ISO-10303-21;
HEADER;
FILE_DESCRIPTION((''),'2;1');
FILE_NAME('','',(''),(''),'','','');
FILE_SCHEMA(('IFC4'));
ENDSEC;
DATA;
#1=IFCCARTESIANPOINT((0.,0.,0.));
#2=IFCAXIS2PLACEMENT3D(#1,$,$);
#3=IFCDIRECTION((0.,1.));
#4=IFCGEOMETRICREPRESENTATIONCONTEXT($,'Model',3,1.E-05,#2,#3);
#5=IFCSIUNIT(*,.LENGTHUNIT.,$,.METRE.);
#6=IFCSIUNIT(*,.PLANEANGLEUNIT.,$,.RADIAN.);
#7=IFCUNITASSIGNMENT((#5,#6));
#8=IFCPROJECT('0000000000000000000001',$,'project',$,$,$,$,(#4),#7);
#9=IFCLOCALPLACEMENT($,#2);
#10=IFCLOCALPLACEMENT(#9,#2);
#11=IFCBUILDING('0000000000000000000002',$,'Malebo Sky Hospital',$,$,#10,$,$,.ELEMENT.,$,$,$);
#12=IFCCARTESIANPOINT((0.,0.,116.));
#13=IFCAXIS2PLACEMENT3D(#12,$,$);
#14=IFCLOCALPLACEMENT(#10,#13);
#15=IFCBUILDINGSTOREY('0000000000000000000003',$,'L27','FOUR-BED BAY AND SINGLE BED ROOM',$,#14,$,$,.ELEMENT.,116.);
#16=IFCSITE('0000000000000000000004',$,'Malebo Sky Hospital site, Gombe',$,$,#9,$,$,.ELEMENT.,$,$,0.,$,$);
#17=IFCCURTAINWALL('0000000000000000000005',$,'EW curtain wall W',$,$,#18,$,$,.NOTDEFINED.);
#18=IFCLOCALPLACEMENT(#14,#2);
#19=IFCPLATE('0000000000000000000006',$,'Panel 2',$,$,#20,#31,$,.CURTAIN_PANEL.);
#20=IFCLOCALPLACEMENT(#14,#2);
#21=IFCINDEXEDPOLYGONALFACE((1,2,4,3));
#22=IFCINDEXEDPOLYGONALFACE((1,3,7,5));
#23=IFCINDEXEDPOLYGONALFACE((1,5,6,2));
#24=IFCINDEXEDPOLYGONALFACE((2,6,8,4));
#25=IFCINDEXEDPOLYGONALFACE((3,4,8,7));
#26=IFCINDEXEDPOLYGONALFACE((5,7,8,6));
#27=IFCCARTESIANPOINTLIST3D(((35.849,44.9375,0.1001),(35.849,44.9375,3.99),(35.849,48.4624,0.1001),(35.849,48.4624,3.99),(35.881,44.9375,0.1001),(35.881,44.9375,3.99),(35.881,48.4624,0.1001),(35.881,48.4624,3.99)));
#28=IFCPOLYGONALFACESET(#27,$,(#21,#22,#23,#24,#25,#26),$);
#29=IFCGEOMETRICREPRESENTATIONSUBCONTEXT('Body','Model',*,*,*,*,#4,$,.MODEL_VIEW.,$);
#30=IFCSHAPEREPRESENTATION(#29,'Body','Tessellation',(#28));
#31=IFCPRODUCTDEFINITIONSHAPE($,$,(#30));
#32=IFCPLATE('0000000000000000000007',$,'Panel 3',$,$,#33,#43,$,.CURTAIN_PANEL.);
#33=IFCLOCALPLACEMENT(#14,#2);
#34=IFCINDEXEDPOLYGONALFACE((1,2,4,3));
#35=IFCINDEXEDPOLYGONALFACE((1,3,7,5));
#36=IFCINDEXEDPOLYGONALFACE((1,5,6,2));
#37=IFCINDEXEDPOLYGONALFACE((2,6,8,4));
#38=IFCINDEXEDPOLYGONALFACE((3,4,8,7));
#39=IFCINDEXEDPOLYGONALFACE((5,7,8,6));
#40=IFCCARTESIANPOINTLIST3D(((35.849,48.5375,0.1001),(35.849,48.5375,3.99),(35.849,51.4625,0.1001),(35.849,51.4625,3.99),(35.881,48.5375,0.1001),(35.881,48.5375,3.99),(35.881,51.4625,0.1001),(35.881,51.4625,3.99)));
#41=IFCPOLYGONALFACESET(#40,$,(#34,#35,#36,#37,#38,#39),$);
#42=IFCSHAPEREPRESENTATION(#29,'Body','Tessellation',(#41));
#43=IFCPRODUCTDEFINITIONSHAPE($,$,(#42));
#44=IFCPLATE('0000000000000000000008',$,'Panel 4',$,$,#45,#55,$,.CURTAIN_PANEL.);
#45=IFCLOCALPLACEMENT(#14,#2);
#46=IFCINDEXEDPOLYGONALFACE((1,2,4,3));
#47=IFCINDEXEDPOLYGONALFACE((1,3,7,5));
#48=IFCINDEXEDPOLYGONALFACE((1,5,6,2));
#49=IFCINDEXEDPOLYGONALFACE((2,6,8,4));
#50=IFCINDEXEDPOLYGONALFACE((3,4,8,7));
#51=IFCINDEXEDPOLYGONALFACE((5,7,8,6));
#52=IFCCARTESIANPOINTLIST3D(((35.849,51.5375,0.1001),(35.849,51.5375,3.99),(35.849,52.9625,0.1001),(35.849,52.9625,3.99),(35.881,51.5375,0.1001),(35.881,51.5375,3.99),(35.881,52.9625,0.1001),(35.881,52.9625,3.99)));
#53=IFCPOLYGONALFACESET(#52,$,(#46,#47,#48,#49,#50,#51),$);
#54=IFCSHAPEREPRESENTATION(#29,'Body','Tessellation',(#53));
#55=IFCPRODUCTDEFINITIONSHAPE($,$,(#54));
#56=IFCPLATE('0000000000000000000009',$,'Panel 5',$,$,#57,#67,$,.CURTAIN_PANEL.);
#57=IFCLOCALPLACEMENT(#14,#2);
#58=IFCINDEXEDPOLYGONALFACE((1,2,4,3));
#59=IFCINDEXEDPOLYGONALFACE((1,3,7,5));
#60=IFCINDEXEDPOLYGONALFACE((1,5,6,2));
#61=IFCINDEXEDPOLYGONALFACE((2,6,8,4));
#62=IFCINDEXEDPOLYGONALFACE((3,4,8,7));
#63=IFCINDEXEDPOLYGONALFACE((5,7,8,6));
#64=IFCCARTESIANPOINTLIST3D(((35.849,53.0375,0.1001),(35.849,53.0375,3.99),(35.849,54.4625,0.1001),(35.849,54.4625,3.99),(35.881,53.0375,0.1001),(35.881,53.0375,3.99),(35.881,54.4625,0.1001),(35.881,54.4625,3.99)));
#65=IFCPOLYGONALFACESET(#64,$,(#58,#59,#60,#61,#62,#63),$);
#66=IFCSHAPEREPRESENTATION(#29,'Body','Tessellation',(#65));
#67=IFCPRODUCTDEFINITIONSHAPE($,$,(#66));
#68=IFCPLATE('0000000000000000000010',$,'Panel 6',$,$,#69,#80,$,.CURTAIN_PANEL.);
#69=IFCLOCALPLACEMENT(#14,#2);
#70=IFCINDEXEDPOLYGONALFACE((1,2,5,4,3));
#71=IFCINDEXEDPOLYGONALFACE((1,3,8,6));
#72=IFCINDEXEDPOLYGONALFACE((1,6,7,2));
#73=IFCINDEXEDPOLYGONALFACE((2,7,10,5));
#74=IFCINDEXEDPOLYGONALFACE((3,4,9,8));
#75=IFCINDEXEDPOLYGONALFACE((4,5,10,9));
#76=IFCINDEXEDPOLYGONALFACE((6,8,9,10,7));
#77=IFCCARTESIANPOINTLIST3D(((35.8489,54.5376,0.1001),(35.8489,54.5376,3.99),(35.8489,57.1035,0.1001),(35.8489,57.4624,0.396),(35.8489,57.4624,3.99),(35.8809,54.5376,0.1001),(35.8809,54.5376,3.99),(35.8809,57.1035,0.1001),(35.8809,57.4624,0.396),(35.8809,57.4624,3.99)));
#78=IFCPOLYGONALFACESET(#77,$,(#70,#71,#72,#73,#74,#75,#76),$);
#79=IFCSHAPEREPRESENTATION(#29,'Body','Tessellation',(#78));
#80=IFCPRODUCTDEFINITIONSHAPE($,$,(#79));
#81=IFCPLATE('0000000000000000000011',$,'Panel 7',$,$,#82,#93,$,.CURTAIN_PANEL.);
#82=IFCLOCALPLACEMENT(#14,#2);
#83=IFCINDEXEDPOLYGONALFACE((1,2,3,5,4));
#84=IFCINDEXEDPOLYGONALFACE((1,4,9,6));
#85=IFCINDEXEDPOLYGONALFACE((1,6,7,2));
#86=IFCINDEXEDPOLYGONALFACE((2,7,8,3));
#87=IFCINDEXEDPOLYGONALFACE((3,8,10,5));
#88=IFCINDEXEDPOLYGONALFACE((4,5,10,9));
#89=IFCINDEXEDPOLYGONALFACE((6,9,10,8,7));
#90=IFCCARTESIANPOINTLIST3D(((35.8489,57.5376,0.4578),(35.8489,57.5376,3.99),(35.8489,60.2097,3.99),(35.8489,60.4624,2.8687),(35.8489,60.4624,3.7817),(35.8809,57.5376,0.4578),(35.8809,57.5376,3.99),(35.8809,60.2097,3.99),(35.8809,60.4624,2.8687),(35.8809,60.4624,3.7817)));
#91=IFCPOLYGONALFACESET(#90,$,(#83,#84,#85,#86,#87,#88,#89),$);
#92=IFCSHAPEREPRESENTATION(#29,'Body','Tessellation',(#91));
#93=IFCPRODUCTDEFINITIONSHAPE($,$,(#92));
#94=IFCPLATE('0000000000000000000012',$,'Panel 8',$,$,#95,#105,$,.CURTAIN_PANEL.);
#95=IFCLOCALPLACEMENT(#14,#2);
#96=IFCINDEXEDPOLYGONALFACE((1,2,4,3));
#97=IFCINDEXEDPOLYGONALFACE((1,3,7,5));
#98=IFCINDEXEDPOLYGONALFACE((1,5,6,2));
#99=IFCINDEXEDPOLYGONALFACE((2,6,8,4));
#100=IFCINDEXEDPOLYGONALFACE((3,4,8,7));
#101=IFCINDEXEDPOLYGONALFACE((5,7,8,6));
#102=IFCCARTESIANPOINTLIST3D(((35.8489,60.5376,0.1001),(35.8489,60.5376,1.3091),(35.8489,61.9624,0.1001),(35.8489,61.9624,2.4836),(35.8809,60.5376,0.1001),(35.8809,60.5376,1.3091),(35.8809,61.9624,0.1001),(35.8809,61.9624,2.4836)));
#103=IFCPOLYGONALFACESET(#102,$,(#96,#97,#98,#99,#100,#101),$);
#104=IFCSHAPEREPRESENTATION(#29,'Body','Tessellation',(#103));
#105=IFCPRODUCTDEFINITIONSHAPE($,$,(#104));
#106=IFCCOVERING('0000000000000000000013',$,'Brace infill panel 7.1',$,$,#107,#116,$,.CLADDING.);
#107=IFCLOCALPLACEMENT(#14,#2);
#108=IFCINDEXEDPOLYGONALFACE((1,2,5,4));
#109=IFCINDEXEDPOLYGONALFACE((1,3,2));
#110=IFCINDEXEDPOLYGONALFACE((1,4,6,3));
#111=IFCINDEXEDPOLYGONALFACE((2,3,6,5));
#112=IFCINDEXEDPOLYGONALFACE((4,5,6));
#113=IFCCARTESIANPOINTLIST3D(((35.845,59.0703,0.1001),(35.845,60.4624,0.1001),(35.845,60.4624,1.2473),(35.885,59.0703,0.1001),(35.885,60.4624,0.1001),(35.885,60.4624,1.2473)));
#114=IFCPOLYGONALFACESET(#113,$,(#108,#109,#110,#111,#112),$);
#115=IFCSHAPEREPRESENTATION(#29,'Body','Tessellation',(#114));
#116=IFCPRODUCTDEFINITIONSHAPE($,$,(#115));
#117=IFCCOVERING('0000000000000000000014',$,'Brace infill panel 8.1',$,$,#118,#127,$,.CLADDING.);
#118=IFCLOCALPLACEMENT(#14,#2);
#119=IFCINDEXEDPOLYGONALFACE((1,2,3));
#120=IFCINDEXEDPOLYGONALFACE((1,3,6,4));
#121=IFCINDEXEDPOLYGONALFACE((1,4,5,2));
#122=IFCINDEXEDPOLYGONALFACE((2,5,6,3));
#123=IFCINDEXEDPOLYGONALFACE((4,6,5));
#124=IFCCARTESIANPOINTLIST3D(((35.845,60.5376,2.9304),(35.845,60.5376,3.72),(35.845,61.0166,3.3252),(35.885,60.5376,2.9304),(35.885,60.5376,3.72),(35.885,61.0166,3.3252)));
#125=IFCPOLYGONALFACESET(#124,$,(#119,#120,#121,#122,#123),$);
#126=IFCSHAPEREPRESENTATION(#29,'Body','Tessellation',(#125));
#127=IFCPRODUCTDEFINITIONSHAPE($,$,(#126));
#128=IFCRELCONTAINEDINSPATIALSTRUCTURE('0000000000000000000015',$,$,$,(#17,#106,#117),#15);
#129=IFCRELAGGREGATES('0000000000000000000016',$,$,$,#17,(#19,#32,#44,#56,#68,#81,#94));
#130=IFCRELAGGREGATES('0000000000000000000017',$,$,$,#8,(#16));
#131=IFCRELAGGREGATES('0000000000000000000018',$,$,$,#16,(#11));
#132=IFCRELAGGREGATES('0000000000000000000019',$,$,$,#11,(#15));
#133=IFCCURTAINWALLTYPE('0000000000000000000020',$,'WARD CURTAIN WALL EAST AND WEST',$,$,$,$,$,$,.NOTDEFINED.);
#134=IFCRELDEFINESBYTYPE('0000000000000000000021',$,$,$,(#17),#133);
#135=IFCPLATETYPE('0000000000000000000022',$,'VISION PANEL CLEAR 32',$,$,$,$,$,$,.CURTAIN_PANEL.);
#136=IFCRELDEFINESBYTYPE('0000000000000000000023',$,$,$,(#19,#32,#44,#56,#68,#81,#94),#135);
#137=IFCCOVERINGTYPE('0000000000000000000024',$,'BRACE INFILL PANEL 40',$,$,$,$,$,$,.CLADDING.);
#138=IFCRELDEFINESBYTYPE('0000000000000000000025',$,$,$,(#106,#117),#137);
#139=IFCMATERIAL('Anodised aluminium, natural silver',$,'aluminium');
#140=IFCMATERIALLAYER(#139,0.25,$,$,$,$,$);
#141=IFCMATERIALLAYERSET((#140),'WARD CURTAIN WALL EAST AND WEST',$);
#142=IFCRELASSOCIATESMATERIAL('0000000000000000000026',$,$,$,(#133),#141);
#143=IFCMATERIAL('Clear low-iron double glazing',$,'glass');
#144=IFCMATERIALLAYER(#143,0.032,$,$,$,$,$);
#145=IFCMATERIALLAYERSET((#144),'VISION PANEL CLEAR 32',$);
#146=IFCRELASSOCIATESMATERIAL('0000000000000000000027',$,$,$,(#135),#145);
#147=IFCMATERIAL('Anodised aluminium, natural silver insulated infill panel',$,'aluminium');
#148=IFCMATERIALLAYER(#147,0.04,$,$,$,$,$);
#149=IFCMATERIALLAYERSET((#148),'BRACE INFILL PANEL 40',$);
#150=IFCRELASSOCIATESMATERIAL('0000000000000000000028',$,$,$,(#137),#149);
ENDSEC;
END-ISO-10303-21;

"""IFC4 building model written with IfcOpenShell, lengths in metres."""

from ifc_helpers import new_model, si_unit, direction, frame, origin, origin_2d, place, context, subcontext, project, spatial, polyline, rectangle, outline, extrude, material, layer, layer_set, type_object, element, aggregate, save


model = new_model("IFC4")

# Units and contexts
model_context = context("Model", 3, precision=1e-05, world=origin(), true_north=direction((0.0, 1.0)))
body_context = subcontext(model_context, "Body", "Model", "MODEL_VIEW")
ifc_project = project(units=[si_unit("LENGTHUNIT", "METRE"), si_unit("PLANEANGLEUNIT", "RADIAN")], contexts=[model_context])

# Site, building, storey
site_placement = place(None, origin())
site = spatial("IfcSite", under=ifc_project, at=site_placement, Name="Malebo Sky Hospital site, Gombe", CompositionType="ELEMENT", RefElevation=0.0)
building_placement = place(site_placement, origin())
building = spatial("IfcBuilding", under=site, at=building_placement, Name="Malebo Sky Hospital", CompositionType="ELEMENT")
storey_placement = place(building_placement, frame((0.0, 0.0, 116.0)))
storey = spatial("IfcBuildingStorey", under=building, at=storey_placement, Name="L27", Description="FOUR-BED BAY AND SINGLE BED ROOM", CompositionType="ELEMENT", Elevation=116.0)

# Curtain wall
ifc_material_1 = material(Name="Anodised aluminium, natural silver", Category="aluminium")
ifc_layer_1 = layer(ifc_material_1, 0.25)
ifc_layer_set_1 = layer_set([ifc_layer_1], Name="WARD CURTAIN WALL EAST AND WEST")
curtain_wall_type = type_object("IfcCurtainWallType", Name="WARD CURTAIN WALL EAST AND WEST", PredefinedType="NOTDEFINED", material=ifc_layer_set_1)
curtain_wall_placement = place(storey_placement, origin())
curtain_wall = element("IfcCurtainWall", 1, at=curtain_wall_placement, inside=storey, type_object=curtain_wall_type, Name="EW curtain wall W", PredefinedType="NOTDEFINED")

# Plates
ifc_material_2 = material(Name="Clear low-iron double glazing", Category="glass")
ifc_layer_2 = layer(ifc_material_2, 0.032)
ifc_layer_set_2 = layer_set([ifc_layer_2], Name="VISION PANEL CLEAR 32")
plate_type = type_object("IfcPlateType", Name="VISION PANEL CLEAR 32", PredefinedType="CURTAIN_PANEL", material=ifc_layer_set_2)
plate_1_placement = place(storey_placement, frame((35.865, 46.7, 0.1001), z_axis=(0.0, 0.0, 1.0), x_axis=(0.0, 1.0, 0.0)))
plate_1 = element("IfcPlate", 2, at=plate_1_placement, type_object=plate_type, Name="Panel 2", PredefinedType="CURTAIN_PANEL", context=body_context, shape_type="SweptSolid", body=[
    extrude(rectangle(XDim=3.5249, YDim=0.032, at=origin_2d()), origin(), (0.0, 0.0, 1.0), 3.8899),
])
plate_2_placement = place(storey_placement, frame((35.865, 50.0, 0.1001), z_axis=(0.0, 0.0, 1.0), x_axis=(0.0, 1.0, 0.0)))
plate_2 = element("IfcPlate", 3, at=plate_2_placement, type_object=plate_type, Name="Panel 3", PredefinedType="CURTAIN_PANEL", context=body_context, shape_type="SweptSolid", body=[
    extrude(rectangle(XDim=2.925, YDim=0.032, at=origin_2d()), origin(), (0.0, 0.0, 1.0), 3.8899),
])
plate_3_placement = place(storey_placement, frame((35.865, 52.25, 0.1001), z_axis=(0.0, 0.0, 1.0), x_axis=(0.0, 1.0, 0.0)))
plate_3 = element("IfcPlate", 4, at=plate_3_placement, type_object=plate_type, Name="Panel 4", PredefinedType="CURTAIN_PANEL", context=body_context, shape_type="SweptSolid", body=[
    extrude(rectangle(XDim=1.425, YDim=0.032, at=origin_2d()), origin(), (0.0, 0.0, 1.0), 3.8899),
])
plate_4_placement = place(storey_placement, frame((35.865, 53.75, 0.1001), z_axis=(0.0, 0.0, 1.0), x_axis=(0.0, 1.0, 0.0)))
plate_4 = element("IfcPlate", 5, at=plate_4_placement, type_object=plate_type, Name="Panel 5", PredefinedType="CURTAIN_PANEL", context=body_context, shape_type="SweptSolid", body=[
    extrude(rectangle(XDim=1.425, YDim=0.032, at=origin_2d()), origin(), (0.0, 0.0, 1.0), 3.8899),
])
plate_5_placement = place(storey_placement, frame((35.865, 56.0, 0.1001), z_axis=(0.0, 0.0, 1.0), x_axis=(0.0, 1.0, 0.0)))
plate_5 = element("IfcPlate", 6, at=plate_5_placement, type_object=plate_type, Name="Panel 6", PredefinedType="CURTAIN_PANEL", context=body_context, shape_type="SweptSolid", body=[
    extrude(outline(polyline([(-1.4624, 0.0), (1.1035, 0.0), (1.4624, 0.2959), (1.4624, 3.8899), (-1.4624, 3.8899), (-1.4624, 0.0)])), frame((0.0, 0.0161, 0.0), z_axis=(0.0, -1.0, 0.0), x_axis=(1.0, 0.0, 0.0)), (0.0, 0.0, 1.0), 0.032),
])
plate_6_placement = place(storey_placement, frame((35.865, 59.0, 0.4578), z_axis=(0.0, 0.0, 1.0), x_axis=(0.0, 1.0, 0.0)))
plate_6 = element("IfcPlate", 7, at=plate_6_placement, type_object=plate_type, Name="Panel 7", PredefinedType="CURTAIN_PANEL", context=body_context, shape_type="SweptSolid", body=[
    extrude(outline(polyline([(-1.4624, 0.0), (1.4624, 2.4109), (1.4624, 3.324), (1.2097, 3.5322), (-1.4624, 3.5322), (-1.4624, 0.0)])), frame((0.0, 0.0161, 0.0), z_axis=(0.0, -1.0, 0.0), x_axis=(1.0, 0.0, 0.0)), (0.0, 0.0, 1.0), 0.032),
])
plate_7_placement = place(storey_placement, frame((35.865, 61.25, 0.1001), z_axis=(0.0, 0.0, 1.0), x_axis=(0.0, 1.0, 0.0)))
plate_7 = element("IfcPlate", 8, at=plate_7_placement, type_object=plate_type, Name="Panel 8", PredefinedType="CURTAIN_PANEL", context=body_context, shape_type="SweptSolid", body=[
    extrude(outline(polyline([(-0.7124, 0.0), (0.7124, 0.0), (0.7124, 2.3835), (-0.7124, 1.209), (-0.7124, 0.0)])), frame((0.0, 0.0161, 0.0), z_axis=(0.0, -1.0, 0.0), x_axis=(1.0, 0.0, 0.0)), (0.0, 0.0, 1.0), 0.032),
])
aggregate(curtain_wall, [plate_1, plate_2, plate_3, plate_4, plate_5, plate_6, plate_7])

# Coverings
ifc_material_3 = material(Name="Anodised aluminium, natural silver insulated infill panel", Category="aluminium")
ifc_layer_3 = layer(ifc_material_3, 0.04)
ifc_layer_set_3 = layer_set([ifc_layer_3], Name="BRACE INFILL PANEL 40")
covering_type = type_object("IfcCoveringType", Name="BRACE INFILL PANEL 40", PredefinedType="CLADDING", material=ifc_layer_set_3)
covering_1_placement = place(storey_placement, frame((35.865, 59.7664, 0.1001), z_axis=(0.0, 0.0, 1.0), x_axis=(0.0, 1.0, 0.0)))
element("IfcCovering", 9, at=covering_1_placement, inside=storey, type_object=covering_type, Name="Brace infill panel 7.1", PredefinedType="CLADDING", context=body_context, shape_type="SweptSolid", body=[
    extrude(outline(polyline([(-0.696, 0.0), (0.696, 0.0), (0.696, 1.1472), (-0.696, 0.0)])), frame((0.0, 0.02, 0.0), z_axis=(0.0, -1.0, 0.0), x_axis=(1.0, 0.0, 0.0)), (0.0, 0.0, 1.0), 0.04),
])
covering_2_placement = place(storey_placement, frame((35.865, 60.7771, 2.9304), z_axis=(0.0, 0.0, 1.0), x_axis=(0.0, 1.0, 0.0)))
element("IfcCovering", 10, at=covering_2_placement, inside=storey, type_object=covering_type, Name="Brace infill panel 8.1", PredefinedType="CLADDING", context=body_context, shape_type="SweptSolid", body=[
    extrude(outline(polyline([(-0.2395, 0.0), (0.2395, 0.3948), (-0.2395, 0.7896), (-0.2395, 0.0)])), frame((0.0, 0.02, 0.0), z_axis=(0.0, -1.0, 0.0), x_axis=(1.0, 0.0, 0.0)), (0.0, 0.0, 1.0), 0.04),
])

save(model, "model.ifc")
